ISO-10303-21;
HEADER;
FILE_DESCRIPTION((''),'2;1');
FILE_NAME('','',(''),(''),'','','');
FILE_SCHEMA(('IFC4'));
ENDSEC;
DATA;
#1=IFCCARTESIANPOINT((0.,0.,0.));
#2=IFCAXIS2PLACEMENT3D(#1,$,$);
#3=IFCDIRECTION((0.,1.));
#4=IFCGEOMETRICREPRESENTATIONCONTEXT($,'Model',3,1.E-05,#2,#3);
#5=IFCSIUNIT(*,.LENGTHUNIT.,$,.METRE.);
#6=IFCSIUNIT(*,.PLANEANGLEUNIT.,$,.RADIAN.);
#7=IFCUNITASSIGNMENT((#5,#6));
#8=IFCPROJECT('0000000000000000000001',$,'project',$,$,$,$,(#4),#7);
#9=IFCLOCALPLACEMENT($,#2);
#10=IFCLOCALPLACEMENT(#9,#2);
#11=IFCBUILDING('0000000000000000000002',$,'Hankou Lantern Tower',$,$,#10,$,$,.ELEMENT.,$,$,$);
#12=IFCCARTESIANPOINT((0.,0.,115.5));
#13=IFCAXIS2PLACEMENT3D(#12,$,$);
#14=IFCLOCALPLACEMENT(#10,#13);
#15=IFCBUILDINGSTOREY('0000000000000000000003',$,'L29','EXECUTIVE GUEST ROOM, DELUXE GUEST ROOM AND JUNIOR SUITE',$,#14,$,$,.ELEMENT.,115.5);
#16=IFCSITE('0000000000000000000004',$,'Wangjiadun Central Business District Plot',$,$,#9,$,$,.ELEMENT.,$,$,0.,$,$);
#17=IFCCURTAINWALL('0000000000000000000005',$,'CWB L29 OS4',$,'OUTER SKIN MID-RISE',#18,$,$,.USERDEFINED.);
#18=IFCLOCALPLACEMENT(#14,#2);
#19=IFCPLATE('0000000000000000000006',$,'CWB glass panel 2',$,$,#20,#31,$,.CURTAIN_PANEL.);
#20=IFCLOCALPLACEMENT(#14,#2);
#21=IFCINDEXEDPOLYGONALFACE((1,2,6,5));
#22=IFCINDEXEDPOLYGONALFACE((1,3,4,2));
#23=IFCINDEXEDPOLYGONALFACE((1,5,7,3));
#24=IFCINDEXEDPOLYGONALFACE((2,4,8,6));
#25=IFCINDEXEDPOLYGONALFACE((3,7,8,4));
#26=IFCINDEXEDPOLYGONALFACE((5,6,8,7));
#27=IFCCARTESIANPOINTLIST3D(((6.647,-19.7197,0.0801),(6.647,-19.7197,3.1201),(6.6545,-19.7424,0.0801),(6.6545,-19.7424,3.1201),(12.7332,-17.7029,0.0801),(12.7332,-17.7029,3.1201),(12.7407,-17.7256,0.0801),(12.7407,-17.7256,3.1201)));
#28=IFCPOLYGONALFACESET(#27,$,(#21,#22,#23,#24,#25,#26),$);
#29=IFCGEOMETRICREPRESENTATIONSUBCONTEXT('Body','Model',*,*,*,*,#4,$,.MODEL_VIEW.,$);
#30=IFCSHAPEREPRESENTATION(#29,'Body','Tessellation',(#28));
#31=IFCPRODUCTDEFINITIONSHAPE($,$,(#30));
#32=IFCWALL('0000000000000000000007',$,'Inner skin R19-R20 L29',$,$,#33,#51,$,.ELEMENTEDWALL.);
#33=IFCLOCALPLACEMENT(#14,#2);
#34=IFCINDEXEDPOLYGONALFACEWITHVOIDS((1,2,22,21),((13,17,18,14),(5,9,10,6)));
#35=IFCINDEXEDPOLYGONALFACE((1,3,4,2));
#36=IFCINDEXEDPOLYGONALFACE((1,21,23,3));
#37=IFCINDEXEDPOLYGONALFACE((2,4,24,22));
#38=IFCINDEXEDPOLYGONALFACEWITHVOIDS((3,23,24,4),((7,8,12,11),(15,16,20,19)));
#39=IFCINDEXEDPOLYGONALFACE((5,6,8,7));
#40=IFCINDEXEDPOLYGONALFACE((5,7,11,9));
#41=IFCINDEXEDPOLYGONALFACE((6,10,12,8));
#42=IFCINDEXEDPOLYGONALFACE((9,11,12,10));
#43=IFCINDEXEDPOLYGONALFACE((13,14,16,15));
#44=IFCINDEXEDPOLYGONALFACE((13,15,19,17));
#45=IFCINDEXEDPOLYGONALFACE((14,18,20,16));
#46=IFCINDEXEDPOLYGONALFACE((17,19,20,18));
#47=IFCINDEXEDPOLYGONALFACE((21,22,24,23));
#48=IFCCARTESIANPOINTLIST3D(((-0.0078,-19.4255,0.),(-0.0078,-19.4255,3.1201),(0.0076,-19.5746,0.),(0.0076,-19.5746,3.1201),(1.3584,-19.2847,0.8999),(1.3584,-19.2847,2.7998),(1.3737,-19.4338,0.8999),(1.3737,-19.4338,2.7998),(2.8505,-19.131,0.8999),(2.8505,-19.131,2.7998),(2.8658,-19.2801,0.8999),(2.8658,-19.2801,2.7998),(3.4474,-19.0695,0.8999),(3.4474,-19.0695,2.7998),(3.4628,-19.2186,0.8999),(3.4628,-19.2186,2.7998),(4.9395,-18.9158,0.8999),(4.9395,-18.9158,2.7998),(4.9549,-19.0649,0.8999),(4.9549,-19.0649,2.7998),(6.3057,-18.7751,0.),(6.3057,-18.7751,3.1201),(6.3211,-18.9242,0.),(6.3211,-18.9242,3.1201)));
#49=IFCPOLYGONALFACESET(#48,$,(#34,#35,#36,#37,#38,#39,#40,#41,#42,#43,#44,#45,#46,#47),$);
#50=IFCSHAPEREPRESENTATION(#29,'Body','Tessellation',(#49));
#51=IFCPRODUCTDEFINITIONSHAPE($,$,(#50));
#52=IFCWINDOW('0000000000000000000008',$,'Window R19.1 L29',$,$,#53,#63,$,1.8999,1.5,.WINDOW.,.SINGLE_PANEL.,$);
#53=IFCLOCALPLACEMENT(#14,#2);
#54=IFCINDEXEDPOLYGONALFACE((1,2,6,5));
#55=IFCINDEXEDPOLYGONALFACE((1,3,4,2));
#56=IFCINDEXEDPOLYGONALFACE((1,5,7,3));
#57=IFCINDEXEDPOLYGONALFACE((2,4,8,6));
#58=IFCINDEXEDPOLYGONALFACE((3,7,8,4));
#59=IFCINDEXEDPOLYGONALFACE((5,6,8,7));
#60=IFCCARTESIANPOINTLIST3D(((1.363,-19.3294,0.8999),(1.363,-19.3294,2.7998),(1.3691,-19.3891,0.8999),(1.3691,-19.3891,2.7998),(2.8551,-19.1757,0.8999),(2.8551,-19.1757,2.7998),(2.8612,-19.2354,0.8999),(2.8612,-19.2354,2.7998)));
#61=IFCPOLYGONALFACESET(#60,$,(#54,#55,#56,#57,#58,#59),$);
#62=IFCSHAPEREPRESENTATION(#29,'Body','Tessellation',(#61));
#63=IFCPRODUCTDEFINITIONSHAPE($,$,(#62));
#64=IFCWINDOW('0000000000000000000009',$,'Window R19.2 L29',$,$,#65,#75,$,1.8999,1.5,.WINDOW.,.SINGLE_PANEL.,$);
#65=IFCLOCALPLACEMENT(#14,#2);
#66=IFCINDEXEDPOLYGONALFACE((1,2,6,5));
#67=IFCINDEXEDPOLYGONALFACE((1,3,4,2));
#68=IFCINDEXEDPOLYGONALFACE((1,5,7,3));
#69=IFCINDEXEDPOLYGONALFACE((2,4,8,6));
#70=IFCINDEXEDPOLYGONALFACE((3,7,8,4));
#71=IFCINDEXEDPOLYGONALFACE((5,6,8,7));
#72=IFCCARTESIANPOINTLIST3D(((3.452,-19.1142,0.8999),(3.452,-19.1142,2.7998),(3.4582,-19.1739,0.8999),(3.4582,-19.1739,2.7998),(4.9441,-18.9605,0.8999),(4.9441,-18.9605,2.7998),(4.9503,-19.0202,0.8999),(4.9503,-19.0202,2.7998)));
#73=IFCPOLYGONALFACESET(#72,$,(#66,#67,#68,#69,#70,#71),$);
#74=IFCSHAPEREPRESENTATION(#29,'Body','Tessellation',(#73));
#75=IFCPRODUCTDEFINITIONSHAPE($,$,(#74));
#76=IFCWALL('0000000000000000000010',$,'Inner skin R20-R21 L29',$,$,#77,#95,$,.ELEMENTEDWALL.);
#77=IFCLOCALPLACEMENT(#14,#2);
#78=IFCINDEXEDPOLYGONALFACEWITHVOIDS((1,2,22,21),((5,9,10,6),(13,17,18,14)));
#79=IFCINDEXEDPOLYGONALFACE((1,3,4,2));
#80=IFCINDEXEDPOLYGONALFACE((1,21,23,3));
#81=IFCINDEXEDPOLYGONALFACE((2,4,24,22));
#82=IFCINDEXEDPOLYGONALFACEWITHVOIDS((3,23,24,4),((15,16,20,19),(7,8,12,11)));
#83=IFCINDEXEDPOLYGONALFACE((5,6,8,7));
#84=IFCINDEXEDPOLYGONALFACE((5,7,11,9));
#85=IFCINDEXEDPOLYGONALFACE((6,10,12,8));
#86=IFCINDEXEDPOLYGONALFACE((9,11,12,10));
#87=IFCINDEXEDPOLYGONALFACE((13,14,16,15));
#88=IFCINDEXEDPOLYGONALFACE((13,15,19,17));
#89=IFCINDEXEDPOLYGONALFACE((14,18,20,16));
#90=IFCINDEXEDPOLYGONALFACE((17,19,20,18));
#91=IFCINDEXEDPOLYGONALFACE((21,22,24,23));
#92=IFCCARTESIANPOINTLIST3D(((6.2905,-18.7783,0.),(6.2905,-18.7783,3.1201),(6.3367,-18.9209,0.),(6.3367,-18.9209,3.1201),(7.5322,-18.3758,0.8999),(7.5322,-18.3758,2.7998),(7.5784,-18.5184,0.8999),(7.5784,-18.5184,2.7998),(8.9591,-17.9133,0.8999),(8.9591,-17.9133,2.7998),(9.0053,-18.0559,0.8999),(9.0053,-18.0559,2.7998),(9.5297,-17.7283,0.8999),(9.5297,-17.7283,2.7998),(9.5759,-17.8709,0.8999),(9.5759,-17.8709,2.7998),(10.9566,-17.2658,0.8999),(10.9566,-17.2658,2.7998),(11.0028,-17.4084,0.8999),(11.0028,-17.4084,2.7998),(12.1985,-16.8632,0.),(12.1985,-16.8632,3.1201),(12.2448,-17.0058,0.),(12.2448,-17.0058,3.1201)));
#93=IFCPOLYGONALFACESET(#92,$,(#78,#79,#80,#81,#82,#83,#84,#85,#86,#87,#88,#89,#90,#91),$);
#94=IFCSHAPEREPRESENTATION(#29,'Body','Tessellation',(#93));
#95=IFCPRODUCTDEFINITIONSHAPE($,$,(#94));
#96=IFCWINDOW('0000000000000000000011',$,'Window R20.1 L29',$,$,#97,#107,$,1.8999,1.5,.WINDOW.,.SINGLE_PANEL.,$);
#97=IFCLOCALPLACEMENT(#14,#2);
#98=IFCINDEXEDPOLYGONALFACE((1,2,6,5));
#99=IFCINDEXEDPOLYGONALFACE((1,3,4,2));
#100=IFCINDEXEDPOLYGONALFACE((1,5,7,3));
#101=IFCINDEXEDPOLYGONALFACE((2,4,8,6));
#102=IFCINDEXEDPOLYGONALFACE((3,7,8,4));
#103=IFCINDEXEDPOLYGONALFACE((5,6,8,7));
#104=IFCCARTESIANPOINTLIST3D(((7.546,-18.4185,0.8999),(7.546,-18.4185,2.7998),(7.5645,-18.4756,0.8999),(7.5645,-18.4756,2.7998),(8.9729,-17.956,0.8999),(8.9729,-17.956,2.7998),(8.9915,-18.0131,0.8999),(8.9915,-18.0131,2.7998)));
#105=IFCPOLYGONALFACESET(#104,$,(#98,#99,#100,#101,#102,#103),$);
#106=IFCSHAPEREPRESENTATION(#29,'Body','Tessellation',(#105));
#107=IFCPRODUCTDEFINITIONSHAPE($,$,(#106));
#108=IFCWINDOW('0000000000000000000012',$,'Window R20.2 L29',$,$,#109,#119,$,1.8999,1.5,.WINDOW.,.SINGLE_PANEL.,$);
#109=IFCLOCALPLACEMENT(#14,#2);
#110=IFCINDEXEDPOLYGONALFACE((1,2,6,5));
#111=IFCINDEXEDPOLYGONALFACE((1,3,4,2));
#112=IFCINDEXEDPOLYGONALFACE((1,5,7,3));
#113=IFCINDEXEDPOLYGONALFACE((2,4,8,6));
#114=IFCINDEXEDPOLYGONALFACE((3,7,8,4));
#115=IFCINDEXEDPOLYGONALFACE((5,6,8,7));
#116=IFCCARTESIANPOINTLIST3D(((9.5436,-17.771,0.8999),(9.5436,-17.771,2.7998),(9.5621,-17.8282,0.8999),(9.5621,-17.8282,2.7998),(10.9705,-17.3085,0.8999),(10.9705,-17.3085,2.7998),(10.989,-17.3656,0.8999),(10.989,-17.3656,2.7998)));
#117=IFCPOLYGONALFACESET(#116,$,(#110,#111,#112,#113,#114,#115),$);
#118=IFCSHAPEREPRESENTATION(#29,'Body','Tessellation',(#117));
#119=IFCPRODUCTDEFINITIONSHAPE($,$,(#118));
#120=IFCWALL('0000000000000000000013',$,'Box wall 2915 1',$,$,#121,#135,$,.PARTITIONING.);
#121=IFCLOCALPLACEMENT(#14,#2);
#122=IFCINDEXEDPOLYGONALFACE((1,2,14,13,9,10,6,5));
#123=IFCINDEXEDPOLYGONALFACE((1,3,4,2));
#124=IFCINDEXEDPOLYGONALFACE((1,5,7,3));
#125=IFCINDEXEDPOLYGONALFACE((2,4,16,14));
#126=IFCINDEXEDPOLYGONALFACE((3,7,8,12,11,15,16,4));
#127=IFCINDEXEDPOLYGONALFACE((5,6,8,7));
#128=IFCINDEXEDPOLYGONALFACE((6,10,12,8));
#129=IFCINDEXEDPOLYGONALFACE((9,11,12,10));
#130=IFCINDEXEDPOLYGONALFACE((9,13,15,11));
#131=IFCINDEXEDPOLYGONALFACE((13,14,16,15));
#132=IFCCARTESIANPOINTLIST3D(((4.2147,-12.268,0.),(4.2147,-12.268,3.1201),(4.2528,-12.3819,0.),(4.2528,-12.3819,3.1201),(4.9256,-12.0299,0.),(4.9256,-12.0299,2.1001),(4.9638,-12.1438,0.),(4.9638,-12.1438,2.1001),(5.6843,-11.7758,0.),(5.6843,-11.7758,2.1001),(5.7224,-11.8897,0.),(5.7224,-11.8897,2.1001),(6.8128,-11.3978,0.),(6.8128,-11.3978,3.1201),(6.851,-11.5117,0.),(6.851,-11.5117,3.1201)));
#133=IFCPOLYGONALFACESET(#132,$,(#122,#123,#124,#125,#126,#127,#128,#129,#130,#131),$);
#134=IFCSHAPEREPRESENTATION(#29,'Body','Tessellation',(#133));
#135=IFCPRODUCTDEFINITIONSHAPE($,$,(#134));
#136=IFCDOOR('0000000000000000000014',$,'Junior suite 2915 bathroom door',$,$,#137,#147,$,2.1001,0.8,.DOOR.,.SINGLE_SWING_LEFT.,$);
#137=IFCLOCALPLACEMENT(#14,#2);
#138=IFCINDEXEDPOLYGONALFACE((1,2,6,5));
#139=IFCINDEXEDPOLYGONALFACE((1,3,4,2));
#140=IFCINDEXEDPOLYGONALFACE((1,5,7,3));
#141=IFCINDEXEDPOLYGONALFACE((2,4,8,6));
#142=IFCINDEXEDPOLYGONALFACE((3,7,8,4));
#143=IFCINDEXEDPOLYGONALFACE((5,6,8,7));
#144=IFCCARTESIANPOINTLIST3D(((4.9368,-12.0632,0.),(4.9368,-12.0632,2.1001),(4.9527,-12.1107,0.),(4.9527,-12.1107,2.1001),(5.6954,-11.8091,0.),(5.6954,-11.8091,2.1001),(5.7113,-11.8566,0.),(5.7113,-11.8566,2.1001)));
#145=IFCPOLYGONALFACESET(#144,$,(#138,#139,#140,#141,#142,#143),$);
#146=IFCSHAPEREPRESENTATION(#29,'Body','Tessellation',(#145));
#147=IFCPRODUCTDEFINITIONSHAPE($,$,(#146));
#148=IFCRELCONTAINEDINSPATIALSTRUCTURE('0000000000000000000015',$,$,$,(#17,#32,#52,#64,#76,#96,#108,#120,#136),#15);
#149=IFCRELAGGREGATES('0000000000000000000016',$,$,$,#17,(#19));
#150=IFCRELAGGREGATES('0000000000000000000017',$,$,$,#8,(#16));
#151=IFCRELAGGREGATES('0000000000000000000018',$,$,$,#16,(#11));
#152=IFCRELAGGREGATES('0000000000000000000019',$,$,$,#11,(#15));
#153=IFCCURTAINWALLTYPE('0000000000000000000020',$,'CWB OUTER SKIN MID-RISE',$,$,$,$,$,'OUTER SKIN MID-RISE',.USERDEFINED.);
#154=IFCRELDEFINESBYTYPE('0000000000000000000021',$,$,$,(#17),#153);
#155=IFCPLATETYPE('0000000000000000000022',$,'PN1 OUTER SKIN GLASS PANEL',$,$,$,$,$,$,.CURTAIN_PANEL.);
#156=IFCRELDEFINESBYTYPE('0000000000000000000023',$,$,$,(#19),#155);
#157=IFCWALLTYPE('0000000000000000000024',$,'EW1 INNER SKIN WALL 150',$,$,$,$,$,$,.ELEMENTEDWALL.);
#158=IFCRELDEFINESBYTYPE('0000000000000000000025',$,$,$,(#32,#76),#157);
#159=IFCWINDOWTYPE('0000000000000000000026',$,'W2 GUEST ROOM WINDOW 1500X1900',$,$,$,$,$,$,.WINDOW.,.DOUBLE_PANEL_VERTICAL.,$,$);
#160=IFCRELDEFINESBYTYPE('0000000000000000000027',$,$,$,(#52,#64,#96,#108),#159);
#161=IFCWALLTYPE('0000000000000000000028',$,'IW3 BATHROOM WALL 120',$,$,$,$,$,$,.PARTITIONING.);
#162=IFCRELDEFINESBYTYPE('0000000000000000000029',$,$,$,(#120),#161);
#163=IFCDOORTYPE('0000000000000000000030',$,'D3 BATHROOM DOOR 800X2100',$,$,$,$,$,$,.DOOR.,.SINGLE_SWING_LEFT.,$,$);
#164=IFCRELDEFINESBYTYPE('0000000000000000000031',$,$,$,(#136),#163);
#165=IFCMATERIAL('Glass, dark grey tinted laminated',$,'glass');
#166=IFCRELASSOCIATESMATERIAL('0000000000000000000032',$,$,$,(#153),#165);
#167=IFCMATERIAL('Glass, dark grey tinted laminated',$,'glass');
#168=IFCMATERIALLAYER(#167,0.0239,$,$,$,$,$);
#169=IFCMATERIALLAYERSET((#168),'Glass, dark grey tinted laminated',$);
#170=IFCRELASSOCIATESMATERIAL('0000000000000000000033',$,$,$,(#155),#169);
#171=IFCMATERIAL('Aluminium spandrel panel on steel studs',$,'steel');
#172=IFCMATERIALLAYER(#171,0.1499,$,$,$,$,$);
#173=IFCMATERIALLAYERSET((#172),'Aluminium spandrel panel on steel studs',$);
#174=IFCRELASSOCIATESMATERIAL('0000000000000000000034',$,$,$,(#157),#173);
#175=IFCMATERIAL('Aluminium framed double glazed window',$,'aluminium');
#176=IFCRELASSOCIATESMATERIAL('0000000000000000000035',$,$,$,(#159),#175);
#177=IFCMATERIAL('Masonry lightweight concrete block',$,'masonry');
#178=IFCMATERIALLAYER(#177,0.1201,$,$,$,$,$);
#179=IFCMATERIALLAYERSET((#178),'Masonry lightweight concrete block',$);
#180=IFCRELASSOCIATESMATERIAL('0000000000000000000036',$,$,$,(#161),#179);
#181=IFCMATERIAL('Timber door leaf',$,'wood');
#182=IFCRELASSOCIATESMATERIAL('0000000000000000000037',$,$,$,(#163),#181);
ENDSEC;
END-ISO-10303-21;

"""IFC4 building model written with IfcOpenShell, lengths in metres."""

from ifc_helpers import new_model, si_unit, direction, frame, frame_2d, origin, origin_2d, place, context, subcontext, project, spatial, rectangle, extrude, material, layer, layer_set, type_object, element, fill, aggregate, save


model = new_model("IFC4")

# Units and contexts
model_context = context("Model", 3, precision=1e-05, world=origin(), true_north=direction((0.0, 1.0)))
body_context = subcontext(model_context, "Body", "Model", "MODEL_VIEW")
ifc_project = project(units=[si_unit("LENGTHUNIT", "METRE"), si_unit("PLANEANGLEUNIT", "RADIAN")], contexts=[model_context])

# Site, building, storey
site_placement = place(None, origin())
site = spatial("IfcSite", under=ifc_project, at=site_placement, Name="Wangjiadun Central Business District Plot", CompositionType="ELEMENT", RefElevation=0.0)
building_placement = place(site_placement, origin())
building = spatial("IfcBuilding", under=site, at=building_placement, Name="Hankou Lantern Tower", CompositionType="ELEMENT")
storey_placement = place(building_placement, frame((0.0, 0.0, 115.5)))
storey = spatial("IfcBuildingStorey", under=building, at=storey_placement, Name="L29", Description="EXECUTIVE GUEST ROOM, DELUXE GUEST ROOM AND JUNIOR SUITE", CompositionType="ELEMENT", Elevation=115.5)

# Curtain wall
ifc_material_1 = material(Name="Glass, dark grey tinted laminated", Category="glass")
curtain_wall_type = type_object("IfcCurtainWallType", Name="CWB OUTER SKIN MID-RISE", ElementType="OUTER SKIN MID-RISE", PredefinedType="USERDEFINED", material=ifc_material_1)
curtain_wall_placement = place(storey_placement, origin())
curtain_wall = element("IfcCurtainWall", 1, at=curtain_wall_placement, inside=storey, type_object=curtain_wall_type, Name="CWB L29 OS4", ObjectType="OUTER SKIN MID-RISE", PredefinedType="USERDEFINED")

# Plate
ifc_material_2 = material(Name="Glass, dark grey tinted laminated", Category="glass")
ifc_layer_1 = layer(ifc_material_2, 0.0239)
ifc_layer_set_1 = layer_set([ifc_layer_1], Name="Glass, dark grey tinted laminated")
plate_type = type_object("IfcPlateType", Name="PN1 OUTER SKIN GLASS PANEL", PredefinedType="CURTAIN_PANEL", material=ifc_layer_set_1)
plate_1_placement = place(storey_placement, frame((9.6938, -18.7227, 0.0801), z_axis=(0.0, 0.0, 1.0), x_axis=(0.949241, 0.314551, 0.0)))
plate_1 = element("IfcPlate", 2, at=plate_1_placement, type_object=plate_type, Name="CWB glass panel 2", PredefinedType="CURTAIN_PANEL", context=body_context, shape_type="SweptSolid", body=[
    extrude(rectangle(XDim=6.4116, YDim=0.0239, at=origin_2d()), origin(), (0.0, 0.0, 1.0), 3.04),
])
aggregate(curtain_wall, [plate_1])

# Walls, openings, windows
ifc_material_3 = material(Name="Aluminium spandrel panel on steel studs", Category="steel")
ifc_layer_2 = layer(ifc_material_3, 0.1499)
ifc_layer_set_2 = layer_set([ifc_layer_2], Name="Aluminium spandrel panel on steel studs")
wall_type_1 = type_object("IfcWallType", Name="EW1 INNER SKIN WALL 150", PredefinedType="ELEMENTEDWALL", material=ifc_layer_set_2)
wall_1_placement = place(storey_placement, frame((0.0, -19.5, 0.0), z_axis=(0.0, 0.0, 1.0), x_axis=(0.994736, 0.102474, 0.0)))
wall_1 = element("IfcWall", 3, at=wall_1_placement, inside=storey, type_object=wall_type_1, Name="Inner skin R19-R20 L29", PredefinedType="ELEMENTEDWALL", context=body_context, shape_type="SweptSolid", body=[
    extrude(rectangle(XDim=6.3469, YDim=0.1499, at=frame_2d((3.1733, 0.0))), origin(), (0.0, 0.0, 1.0), 3.1201),
])
opening_1_placement = place(wall_1_placement, frame((1.3733, 0.0, 0.8999)))
opening_1 = element("IfcOpeningElement", 4, at=opening_1_placement, cuts=wall_1, PredefinedType="OPENING", context=body_context, shape_type="SweptSolid", body=[
    extrude(rectangle(XDim=1.5, YDim=1.8999, at=frame_2d((0.75, 0.95))), frame((0.0, 0.085, 0.0), z_axis=(0.0, -1.0, 0.0), x_axis=(1.0, 0.0, 0.0)), (0.0, 0.0, 1.0), 0.1699),
])
opening_2_placement = place(wall_1_placement, frame((3.4734, 0.0, 0.8999)))
opening_2 = element("IfcOpeningElement", 5, at=opening_2_placement, cuts=wall_1, PredefinedType="OPENING", context=body_context, shape_type="SweptSolid", body=[
    extrude(rectangle(XDim=1.5, YDim=1.8999, at=frame_2d((0.75, 0.95))), frame((0.0, 0.085, 0.0), z_axis=(0.0, -1.0, 0.0), x_axis=(1.0, 0.0, 0.0)), (0.0, 0.0, 1.0), 0.1699),
])
ifc_material_4 = material(Name="Aluminium framed double glazed window", Category="aluminium")
window_type = type_object("IfcWindowType", Name="W2 GUEST ROOM WINDOW 1500X1900", PartitioningType="DOUBLE_PANEL_VERTICAL", PredefinedType="WINDOW", material=ifc_material_4)
window_1_placement = place(opening_1_placement, origin())
window_1 = element("IfcWindow", 6, at=window_1_placement, inside=storey, type_object=window_type, Name="Window R19.1 L29", OverallHeight=1.8999, OverallWidth=1.5, PartitioningType="SINGLE_PANEL", PredefinedType="WINDOW", context=body_context, shape_type="SweptSolid", body=[
    extrude(rectangle(XDim=1.5, YDim=1.8999, at=frame_2d((0.75, 0.95))), frame((0.0, 0.03, 0.0), z_axis=(0.0, -1.0, 0.0), x_axis=(1.0, 0.0, 0.0)), (0.0, 0.0, 1.0), 0.0601),
])
fill(opening_1, window_1)
window_2_placement = place(opening_2_placement, origin())
window_2 = element("IfcWindow", 7, at=window_2_placement, inside=storey, type_object=window_type, Name="Window R19.2 L29", OverallHeight=1.8999, OverallWidth=1.5, PartitioningType="SINGLE_PANEL", PredefinedType="WINDOW", context=body_context, shape_type="SweptSolid", body=[
    extrude(rectangle(XDim=1.5, YDim=1.8999, at=frame_2d((0.75, 0.95))), frame((0.0, 0.03, 0.0), z_axis=(0.0, -1.0, 0.0), x_axis=(1.0, 0.0, 0.0)), (0.0, 0.0, 1.0), 0.0601),
])
fill(opening_2, window_2)
wall_2_placement = place(storey_placement, frame((6.3135, -18.8496, 0.0), z_axis=(0.0, 0.0, 1.0), x_axis=(0.951273, 0.308351, 0.0)))
wall_2 = element("IfcWall", 8, at=wall_2_placement, inside=storey, type_object=wall_type_1, Name="Inner skin R20-R21 L29", PredefinedType="ELEMENTEDWALL", context=body_context, shape_type="SweptSolid", body=[
    extrude(rectangle(XDim=6.2107, YDim=0.1499, at=frame_2d((3.1055, 0.0))), origin(), (0.0, 0.0, 1.0), 3.1201),
])
opening_3_placement = place(wall_2_placement, frame((1.3054, 0.0, 0.8999)))
opening_3 = element("IfcOpeningElement", 9, at=opening_3_placement, cuts=wall_2, PredefinedType="OPENING", context=body_context, shape_type="SweptSolid", body=[
    extrude(rectangle(XDim=1.5, YDim=1.8999, at=frame_2d((0.75, 0.95))), frame((0.0, 0.085, 0.0), z_axis=(0.0, -1.0, 0.0), x_axis=(1.0, 0.0, 0.0)), (0.0, 0.0, 1.0), 0.1699),
])
opening_4_placement = place(wall_2_placement, frame((3.4053, 0.0, 0.8999)))
opening_4 = element("IfcOpeningElement", 10, at=opening_4_placement, cuts=wall_2, PredefinedType="OPENING", context=body_context, shape_type="SweptSolid", body=[
    extrude(rectangle(XDim=1.5, YDim=1.8999, at=frame_2d((0.75, 0.95))), frame((0.0, 0.085, 0.0), z_axis=(0.0, -1.0, 0.0), x_axis=(1.0, 0.0, 0.0)), (0.0, 0.0, 1.0), 0.1699),
])
window_3_placement = place(opening_3_placement, origin())
window_3 = element("IfcWindow", 11, at=window_3_placement, inside=storey, type_object=window_type, Name="Window R20.1 L29", OverallHeight=1.8999, OverallWidth=1.5, PartitioningType="SINGLE_PANEL", PredefinedType="WINDOW", context=body_context, shape_type="SweptSolid", body=[
    extrude(rectangle(XDim=1.5, YDim=1.8999, at=frame_2d((0.75, 0.95))), frame((0.0, 0.03, 0.0), z_axis=(0.0, -1.0, 0.0), x_axis=(1.0, 0.0, 0.0)), (0.0, 0.0, 1.0), 0.0601),
])
fill(opening_3, window_3)
window_4_placement = place(opening_4_placement, origin())
window_4 = element("IfcWindow", 12, at=window_4_placement, inside=storey, type_object=window_type, Name="Window R20.2 L29", OverallHeight=1.8999, OverallWidth=1.5, PartitioningType="SINGLE_PANEL", PredefinedType="WINDOW", context=body_context, shape_type="SweptSolid", body=[
    extrude(rectangle(XDim=1.5, YDim=1.8999, at=frame_2d((0.75, 0.95))), frame((0.0, 0.03, 0.0), z_axis=(0.0, -1.0, 0.0), x_axis=(1.0, 0.0, 0.0)), (0.0, 0.0, 1.0), 0.0601),
])
fill(opening_4, window_4)

# Wall, opening, door
ifc_material_5 = material(Name="Masonry lightweight concrete block", Category="masonry")
ifc_layer_3 = layer(ifc_material_5, 0.1201)
ifc_layer_set_3 = layer_set([ifc_layer_3], Name="Masonry lightweight concrete block")
wall_type_2 = type_object("IfcWallType", Name="IW3 BATHROOM WALL 120", PredefinedType="PARTITIONING", material=ifc_layer_set_3)
wall_3_placement = place(storey_placement, frame((4.2336, -12.325, 0.0), z_axis=(0.0, 0.0, 1.0), x_axis=(0.948237, 0.317564, 0.0)))
wall_3 = element("IfcWall", 13, at=wall_3_placement, inside=storey, type_object=wall_type_2, Name="Box wall 2915 1", PredefinedType="PARTITIONING", context=body_context, shape_type="SweptSolid", body=[
    extrude(rectangle(XDim=2.74, YDim=0.1201, at=frame_2d((1.3701, 0.0))), origin(), (0.0, 0.0, 1.0), 3.1201),
])
opening_5_placement = place(wall_3_placement, frame((0.75, 0.0, 0.0)))
opening_5 = element("IfcOpeningElement", 14, at=opening_5_placement, cuts=wall_3, PredefinedType="OPENING", context=body_context, shape_type="SweptSolid", body=[
    extrude(rectangle(XDim=0.8, YDim=2.1001, at=frame_2d((0.3999, 1.05))), frame((0.0, 0.0701, 0.0), z_axis=(0.0, -1.0, 0.0), x_axis=(1.0, 0.0, 0.0)), (0.0, 0.0, 1.0), 0.1401),
])
ifc_material_6 = material(Name="Timber door leaf", Category="wood")
door_type = type_object("IfcDoorType", Name="D3 BATHROOM DOOR 800X2100", OperationType="SINGLE_SWING_LEFT", PredefinedType="DOOR", material=ifc_material_6)
door_placement = place(opening_5_placement, origin())
door = element("IfcDoor", 15, at=door_placement, inside=storey, type_object=door_type, Name="Junior suite 2915 bathroom door", OperationType="SINGLE_SWING_LEFT", OverallHeight=2.1001, OverallWidth=0.8, PredefinedType="DOOR", context=body_context, shape_type="SweptSolid", body=[
    extrude(rectangle(XDim=0.8, YDim=2.1001, at=frame_2d((0.3999, 1.05))), frame((0.0, 0.0249, 0.0), z_axis=(0.0, -1.0, 0.0), x_axis=(1.0, 0.0, 0.0)), (0.0, 0.0, 1.0), 0.05),
])
fill(opening_5, door)

save(model, "model.ifc")
